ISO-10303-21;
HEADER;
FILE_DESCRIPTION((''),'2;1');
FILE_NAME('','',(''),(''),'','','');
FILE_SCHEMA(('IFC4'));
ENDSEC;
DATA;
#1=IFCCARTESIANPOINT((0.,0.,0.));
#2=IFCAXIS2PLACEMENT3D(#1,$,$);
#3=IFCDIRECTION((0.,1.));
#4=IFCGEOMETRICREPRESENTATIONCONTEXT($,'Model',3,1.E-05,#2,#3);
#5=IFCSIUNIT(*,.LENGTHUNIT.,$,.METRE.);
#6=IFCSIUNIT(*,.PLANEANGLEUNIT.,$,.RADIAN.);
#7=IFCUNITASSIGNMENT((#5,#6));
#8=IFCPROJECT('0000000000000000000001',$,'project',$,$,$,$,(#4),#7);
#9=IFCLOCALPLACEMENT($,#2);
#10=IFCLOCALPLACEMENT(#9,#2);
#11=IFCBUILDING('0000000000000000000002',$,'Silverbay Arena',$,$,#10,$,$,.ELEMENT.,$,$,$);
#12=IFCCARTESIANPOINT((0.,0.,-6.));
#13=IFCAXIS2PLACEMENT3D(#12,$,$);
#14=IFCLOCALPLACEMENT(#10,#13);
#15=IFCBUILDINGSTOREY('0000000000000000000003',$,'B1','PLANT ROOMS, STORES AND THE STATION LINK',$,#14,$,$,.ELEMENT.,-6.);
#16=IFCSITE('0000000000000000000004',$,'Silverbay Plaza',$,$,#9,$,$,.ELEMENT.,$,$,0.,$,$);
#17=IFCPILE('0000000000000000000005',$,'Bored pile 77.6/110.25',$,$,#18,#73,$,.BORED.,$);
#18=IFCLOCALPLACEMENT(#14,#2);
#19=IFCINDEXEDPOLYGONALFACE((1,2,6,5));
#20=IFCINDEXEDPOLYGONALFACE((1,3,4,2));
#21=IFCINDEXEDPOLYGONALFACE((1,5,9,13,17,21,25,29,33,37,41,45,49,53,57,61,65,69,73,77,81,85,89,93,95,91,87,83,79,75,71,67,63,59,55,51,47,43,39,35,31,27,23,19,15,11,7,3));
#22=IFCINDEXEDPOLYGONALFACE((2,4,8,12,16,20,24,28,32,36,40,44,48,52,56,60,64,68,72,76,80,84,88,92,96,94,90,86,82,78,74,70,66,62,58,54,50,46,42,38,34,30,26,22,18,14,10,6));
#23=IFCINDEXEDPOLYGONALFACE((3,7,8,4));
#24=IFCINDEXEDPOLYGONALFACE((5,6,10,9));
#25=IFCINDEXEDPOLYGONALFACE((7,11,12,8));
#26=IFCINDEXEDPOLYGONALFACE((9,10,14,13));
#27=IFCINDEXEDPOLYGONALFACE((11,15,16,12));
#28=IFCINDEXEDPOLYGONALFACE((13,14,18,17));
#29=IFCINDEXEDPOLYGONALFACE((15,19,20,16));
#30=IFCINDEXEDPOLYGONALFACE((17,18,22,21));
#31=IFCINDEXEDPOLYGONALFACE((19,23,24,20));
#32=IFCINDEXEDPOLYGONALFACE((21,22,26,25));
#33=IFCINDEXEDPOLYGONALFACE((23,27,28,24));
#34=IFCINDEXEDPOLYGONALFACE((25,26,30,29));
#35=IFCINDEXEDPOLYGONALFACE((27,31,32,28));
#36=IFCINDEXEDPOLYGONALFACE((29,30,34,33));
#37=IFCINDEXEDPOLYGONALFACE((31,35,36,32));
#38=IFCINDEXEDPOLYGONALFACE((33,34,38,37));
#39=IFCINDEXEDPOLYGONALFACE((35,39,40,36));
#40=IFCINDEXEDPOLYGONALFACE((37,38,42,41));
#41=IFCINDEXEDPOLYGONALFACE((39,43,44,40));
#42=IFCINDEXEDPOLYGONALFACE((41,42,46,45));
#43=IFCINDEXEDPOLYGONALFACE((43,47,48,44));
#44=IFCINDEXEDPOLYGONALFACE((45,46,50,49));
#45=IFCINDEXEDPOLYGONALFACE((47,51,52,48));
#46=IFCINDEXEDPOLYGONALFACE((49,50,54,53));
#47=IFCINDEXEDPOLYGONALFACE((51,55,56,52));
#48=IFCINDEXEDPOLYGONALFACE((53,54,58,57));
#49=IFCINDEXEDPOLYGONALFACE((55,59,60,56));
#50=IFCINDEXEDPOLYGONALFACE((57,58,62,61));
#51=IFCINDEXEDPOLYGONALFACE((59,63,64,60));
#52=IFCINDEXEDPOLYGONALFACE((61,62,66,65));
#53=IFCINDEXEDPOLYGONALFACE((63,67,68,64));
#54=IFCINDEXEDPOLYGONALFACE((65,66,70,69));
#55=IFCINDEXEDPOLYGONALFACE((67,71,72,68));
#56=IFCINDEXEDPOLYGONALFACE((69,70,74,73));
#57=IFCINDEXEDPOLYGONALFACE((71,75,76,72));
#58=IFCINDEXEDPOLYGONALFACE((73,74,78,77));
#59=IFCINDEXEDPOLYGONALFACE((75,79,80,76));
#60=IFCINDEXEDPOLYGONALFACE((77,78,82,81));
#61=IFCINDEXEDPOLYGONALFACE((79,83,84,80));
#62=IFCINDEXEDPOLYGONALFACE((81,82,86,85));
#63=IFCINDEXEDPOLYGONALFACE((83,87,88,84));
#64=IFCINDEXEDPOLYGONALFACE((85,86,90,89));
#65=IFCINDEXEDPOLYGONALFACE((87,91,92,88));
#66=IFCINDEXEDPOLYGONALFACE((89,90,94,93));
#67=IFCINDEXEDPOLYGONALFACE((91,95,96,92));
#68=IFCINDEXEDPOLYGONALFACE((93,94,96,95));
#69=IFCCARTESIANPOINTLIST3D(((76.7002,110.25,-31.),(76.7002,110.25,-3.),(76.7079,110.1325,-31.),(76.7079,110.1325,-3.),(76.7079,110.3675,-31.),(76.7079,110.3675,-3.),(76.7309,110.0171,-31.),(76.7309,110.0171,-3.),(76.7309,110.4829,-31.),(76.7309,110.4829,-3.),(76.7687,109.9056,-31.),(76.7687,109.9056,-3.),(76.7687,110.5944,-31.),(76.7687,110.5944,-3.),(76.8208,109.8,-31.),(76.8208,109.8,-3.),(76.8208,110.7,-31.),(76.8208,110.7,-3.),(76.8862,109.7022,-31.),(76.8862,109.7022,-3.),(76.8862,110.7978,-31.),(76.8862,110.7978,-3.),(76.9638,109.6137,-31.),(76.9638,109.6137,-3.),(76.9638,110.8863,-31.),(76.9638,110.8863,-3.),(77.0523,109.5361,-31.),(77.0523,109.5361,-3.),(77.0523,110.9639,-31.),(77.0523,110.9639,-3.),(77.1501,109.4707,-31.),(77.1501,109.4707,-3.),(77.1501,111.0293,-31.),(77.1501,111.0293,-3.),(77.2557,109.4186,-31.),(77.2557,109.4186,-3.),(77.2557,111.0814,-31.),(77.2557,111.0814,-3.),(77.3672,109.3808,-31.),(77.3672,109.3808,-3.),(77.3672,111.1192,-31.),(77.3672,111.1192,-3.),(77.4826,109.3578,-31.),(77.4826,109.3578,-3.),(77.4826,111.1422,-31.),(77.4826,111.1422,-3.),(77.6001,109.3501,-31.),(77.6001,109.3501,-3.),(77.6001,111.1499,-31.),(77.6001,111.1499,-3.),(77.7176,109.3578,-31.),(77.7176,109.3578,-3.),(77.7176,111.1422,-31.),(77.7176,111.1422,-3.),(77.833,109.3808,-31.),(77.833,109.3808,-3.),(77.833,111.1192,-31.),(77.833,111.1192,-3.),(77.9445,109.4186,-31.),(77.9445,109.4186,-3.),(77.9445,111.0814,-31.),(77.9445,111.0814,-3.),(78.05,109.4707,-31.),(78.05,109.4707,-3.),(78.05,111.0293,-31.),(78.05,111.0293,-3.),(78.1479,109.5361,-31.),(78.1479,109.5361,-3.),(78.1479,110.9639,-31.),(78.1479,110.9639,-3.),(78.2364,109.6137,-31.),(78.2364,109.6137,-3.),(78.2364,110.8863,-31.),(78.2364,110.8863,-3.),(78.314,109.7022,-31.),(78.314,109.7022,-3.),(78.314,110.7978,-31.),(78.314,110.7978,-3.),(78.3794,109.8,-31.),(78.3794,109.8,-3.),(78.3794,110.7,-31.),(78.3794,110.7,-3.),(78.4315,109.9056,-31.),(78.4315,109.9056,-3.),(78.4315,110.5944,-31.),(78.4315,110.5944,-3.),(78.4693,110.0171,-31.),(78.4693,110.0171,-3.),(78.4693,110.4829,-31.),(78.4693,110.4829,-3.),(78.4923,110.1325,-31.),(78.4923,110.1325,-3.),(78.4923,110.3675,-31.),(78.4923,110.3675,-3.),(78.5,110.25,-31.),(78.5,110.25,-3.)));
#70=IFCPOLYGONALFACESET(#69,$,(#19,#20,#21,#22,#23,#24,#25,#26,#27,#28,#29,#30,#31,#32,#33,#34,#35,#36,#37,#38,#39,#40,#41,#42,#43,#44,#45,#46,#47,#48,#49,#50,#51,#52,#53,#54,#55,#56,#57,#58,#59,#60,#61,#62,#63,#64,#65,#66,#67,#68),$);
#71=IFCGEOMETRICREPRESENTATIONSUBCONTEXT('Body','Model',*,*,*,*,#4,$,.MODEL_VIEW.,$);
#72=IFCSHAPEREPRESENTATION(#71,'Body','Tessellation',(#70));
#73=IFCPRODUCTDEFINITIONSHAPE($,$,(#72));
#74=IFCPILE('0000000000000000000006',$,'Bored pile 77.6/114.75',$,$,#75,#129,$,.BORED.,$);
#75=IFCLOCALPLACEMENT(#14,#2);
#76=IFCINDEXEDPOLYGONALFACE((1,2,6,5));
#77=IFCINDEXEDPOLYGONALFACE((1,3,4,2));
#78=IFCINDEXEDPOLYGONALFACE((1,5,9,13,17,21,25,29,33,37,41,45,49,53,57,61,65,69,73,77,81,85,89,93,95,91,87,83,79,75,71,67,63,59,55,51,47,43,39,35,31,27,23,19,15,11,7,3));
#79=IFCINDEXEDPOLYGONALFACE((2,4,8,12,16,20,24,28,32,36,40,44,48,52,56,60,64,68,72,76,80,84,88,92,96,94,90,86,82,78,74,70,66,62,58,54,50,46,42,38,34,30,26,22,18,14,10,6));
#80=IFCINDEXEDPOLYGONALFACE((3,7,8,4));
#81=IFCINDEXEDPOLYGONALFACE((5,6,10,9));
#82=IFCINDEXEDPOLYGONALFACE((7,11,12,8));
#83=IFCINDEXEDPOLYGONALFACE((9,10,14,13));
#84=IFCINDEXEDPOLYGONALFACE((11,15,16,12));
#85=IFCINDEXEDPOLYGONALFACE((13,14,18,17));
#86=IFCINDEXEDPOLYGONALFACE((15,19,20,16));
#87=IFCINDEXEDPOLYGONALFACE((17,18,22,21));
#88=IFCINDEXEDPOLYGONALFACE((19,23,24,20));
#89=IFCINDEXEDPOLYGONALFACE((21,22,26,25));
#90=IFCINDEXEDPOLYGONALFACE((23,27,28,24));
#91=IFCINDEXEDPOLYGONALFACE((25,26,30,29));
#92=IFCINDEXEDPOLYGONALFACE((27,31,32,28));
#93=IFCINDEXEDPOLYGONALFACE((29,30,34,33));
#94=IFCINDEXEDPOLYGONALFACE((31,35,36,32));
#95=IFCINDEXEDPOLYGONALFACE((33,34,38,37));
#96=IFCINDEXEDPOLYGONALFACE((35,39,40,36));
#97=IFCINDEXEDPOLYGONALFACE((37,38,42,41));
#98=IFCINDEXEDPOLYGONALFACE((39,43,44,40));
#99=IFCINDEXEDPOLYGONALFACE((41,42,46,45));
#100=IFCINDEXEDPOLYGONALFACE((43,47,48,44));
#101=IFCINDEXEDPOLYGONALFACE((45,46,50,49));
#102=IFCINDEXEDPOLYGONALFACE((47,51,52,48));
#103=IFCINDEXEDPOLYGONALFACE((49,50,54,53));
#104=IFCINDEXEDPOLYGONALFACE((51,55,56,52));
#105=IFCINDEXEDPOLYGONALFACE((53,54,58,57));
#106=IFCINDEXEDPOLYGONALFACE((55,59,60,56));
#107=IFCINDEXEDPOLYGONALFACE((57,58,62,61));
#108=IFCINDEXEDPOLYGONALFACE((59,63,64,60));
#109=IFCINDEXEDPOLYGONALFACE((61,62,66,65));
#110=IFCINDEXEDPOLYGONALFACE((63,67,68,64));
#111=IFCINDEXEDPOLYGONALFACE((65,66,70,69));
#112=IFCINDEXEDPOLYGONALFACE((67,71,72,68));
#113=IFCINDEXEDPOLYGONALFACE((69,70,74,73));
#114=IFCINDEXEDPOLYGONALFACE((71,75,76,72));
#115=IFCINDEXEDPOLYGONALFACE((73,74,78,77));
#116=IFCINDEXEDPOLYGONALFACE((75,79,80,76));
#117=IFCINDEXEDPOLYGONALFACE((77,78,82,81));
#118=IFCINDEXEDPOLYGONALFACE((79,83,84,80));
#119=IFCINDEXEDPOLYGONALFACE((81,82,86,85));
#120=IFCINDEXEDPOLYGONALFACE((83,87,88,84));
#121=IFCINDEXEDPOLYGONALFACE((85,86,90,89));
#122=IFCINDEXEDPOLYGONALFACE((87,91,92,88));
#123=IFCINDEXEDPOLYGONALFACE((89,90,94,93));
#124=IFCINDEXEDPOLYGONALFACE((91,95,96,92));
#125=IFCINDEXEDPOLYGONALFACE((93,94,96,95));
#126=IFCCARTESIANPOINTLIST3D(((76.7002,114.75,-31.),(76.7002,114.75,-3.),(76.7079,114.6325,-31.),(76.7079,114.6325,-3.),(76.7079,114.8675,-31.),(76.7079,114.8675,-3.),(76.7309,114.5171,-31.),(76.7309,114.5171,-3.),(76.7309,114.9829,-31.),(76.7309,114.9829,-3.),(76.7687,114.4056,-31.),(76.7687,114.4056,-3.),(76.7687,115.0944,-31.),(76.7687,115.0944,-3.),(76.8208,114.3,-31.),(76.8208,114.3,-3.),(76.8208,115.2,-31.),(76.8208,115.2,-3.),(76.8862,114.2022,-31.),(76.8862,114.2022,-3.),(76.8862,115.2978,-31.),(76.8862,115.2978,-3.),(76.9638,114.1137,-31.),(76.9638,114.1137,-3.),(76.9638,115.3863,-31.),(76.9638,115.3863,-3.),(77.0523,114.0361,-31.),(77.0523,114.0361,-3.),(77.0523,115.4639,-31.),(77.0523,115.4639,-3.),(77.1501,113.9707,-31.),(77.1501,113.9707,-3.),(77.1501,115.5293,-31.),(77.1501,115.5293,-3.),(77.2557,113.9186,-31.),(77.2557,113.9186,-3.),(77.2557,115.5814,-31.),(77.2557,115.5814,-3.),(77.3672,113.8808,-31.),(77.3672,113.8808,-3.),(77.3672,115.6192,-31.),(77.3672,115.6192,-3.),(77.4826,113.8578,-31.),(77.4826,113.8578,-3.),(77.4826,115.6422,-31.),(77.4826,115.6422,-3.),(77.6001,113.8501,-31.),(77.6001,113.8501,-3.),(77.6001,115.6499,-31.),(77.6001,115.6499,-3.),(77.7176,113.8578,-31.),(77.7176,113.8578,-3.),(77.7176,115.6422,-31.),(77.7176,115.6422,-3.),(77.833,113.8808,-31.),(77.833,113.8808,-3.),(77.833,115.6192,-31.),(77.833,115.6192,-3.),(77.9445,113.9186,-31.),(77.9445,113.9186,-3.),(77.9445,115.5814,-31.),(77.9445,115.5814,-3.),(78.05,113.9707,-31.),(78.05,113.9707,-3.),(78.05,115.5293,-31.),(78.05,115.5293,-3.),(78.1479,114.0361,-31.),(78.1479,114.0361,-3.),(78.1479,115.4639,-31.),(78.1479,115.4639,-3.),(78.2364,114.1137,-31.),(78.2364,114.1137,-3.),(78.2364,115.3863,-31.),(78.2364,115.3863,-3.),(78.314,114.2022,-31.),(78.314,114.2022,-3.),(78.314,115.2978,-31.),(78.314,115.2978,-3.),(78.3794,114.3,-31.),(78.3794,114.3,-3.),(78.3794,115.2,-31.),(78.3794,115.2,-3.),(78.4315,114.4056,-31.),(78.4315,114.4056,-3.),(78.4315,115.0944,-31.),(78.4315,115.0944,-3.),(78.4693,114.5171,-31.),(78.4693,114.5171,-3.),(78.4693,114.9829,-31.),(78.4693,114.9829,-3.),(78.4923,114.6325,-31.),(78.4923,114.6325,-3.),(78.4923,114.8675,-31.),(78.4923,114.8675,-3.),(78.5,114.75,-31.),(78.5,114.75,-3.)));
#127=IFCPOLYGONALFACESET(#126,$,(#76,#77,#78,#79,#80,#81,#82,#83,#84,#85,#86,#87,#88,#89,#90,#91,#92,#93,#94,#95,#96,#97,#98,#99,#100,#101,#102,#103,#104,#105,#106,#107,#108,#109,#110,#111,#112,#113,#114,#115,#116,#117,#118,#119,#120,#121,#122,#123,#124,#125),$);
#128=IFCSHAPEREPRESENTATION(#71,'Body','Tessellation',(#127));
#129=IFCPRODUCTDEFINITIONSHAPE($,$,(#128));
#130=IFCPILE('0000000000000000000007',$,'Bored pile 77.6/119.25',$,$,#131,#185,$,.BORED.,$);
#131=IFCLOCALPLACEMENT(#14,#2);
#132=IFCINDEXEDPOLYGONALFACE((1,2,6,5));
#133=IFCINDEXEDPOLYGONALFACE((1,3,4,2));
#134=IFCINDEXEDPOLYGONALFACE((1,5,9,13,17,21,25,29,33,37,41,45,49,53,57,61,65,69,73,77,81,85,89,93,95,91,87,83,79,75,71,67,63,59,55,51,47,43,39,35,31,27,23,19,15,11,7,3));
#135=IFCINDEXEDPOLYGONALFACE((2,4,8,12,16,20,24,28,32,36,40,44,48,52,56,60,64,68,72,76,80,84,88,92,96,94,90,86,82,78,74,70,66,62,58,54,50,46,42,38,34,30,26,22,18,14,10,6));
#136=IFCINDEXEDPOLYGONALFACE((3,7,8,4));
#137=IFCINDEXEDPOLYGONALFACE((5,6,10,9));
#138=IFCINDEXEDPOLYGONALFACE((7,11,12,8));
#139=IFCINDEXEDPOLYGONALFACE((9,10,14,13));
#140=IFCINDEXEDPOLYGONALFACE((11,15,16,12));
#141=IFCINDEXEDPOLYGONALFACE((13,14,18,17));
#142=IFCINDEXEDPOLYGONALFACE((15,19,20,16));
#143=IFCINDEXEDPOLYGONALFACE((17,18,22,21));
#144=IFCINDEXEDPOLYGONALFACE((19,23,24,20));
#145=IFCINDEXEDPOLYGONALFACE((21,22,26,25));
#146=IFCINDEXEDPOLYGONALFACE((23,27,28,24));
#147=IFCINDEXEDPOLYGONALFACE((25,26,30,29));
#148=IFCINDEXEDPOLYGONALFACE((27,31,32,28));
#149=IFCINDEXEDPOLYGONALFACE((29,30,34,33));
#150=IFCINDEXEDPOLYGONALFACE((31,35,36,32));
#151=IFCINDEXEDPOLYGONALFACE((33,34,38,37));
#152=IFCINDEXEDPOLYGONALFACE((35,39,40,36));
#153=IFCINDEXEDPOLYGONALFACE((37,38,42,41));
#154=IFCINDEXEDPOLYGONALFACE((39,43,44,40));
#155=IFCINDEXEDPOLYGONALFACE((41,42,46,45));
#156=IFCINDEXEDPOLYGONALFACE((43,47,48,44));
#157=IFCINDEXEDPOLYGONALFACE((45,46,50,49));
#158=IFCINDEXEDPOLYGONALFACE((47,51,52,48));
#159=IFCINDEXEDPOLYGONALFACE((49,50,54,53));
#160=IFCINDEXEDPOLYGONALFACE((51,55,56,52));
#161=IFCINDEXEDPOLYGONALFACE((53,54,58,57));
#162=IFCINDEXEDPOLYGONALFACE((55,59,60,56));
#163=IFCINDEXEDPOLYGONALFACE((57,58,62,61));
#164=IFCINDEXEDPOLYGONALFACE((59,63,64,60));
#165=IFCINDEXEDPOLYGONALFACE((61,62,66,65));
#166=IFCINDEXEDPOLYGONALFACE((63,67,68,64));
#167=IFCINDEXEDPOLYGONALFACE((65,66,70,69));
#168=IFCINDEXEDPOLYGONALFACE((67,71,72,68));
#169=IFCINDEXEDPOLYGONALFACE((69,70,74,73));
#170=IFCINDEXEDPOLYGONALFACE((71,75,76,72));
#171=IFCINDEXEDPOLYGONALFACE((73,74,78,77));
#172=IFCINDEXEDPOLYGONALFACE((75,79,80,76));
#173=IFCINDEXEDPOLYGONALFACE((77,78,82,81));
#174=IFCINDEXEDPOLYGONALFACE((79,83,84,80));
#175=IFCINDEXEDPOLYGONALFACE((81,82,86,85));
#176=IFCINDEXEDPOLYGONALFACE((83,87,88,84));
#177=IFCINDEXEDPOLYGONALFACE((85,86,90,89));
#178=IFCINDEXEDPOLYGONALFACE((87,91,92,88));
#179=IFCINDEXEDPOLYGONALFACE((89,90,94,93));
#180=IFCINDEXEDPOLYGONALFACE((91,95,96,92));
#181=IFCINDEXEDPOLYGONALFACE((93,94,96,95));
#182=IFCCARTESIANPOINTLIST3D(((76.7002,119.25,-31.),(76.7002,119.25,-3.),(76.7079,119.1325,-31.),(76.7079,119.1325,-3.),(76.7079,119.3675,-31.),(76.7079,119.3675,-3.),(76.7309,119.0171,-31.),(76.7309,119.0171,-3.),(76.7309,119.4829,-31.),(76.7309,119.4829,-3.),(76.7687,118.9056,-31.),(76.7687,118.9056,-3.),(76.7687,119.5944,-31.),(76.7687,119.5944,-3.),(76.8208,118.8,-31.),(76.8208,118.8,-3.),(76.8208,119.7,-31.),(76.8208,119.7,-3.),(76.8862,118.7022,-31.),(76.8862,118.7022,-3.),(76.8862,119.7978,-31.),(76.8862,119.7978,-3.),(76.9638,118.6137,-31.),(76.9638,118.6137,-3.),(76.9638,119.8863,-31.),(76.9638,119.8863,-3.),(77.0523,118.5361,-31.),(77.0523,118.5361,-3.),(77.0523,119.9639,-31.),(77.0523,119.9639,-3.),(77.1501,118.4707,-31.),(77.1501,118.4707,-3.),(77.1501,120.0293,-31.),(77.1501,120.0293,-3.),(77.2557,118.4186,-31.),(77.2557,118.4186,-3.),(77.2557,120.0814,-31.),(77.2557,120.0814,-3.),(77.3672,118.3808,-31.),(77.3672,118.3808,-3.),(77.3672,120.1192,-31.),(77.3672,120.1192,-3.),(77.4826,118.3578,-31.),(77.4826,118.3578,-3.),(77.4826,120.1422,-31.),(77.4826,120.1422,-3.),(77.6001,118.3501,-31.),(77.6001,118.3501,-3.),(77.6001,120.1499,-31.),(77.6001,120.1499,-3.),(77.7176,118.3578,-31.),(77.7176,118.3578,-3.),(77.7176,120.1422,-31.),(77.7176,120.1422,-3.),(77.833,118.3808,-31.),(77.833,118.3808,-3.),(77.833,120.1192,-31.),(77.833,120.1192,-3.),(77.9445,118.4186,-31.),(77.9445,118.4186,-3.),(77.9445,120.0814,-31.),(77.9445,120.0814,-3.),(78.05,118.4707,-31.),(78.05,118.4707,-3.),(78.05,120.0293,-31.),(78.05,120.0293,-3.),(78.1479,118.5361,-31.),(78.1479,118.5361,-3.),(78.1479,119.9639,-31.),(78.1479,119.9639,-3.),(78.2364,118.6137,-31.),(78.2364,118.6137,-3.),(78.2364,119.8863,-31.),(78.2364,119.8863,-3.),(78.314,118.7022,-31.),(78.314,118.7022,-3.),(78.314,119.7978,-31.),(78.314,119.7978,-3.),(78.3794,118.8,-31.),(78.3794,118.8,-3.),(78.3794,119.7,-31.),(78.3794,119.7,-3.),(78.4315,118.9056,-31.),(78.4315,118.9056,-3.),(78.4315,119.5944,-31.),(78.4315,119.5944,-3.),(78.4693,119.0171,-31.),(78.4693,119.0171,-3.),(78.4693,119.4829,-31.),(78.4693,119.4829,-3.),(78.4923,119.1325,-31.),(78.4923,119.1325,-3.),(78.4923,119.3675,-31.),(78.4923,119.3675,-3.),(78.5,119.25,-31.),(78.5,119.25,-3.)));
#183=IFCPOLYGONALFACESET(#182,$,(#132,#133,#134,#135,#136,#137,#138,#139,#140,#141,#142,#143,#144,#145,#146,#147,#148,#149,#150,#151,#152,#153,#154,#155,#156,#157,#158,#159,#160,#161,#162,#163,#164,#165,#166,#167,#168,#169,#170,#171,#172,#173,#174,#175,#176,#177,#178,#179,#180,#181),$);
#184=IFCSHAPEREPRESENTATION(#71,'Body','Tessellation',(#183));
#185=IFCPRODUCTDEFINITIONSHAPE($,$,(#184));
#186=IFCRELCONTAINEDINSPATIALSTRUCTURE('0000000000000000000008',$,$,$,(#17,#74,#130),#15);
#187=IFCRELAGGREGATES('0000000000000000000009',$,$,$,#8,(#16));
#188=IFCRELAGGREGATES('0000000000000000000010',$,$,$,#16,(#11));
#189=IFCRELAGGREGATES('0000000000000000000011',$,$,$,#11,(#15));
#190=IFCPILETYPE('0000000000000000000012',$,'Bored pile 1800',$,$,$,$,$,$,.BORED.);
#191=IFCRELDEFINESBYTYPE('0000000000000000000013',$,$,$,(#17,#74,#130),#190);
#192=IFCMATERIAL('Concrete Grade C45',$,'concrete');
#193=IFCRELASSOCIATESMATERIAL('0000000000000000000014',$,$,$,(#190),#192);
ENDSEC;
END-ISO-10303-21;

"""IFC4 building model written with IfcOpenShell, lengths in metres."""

from ifc_helpers import new_model, si_unit, direction, frame, origin, origin_2d, place, context, subcontext, project, spatial, circle, extrude, material, material_profile, profile_set, type_object, element, save


model = new_model("IFC4")

# Units and contexts
model_context = context("Model", 3, precision=1e-05, world=origin(), true_north=direction((0.0, 1.0)))
body_context = subcontext(model_context, "Body", "Model", "MODEL_VIEW")
ifc_project = project(units=[si_unit("LENGTHUNIT", "METRE"), si_unit("PLANEANGLEUNIT", "RADIAN")], contexts=[model_context])

# Site, building, storey
site_placement = place(None, origin())
site = spatial("IfcSite", under=ifc_project, at=site_placement, Name="Silverbay Plaza", CompositionType="ELEMENT", RefElevation=0.0)
building_placement = place(site_placement, origin())
building = spatial("IfcBuilding", under=site, at=building_placement, Name="Silverbay Arena", CompositionType="ELEMENT")
storey_placement = place(building_placement, frame((0.0, 0.0, -6.0)))
storey = spatial("IfcBuildingStorey", under=building, at=storey_placement, Name="B1", Description="PLANT ROOMS, STORES AND THE STATION LINK", CompositionType="ELEMENT", Elevation=-6.0)

# Piles
ifc_material_1 = material(Name="Concrete Grade C45", Category="concrete")
ifc_material_profile = material_profile(ifc_material_1, circle(Radius=0.8999, at=origin_2d()), Name="Bored pile 1800")
ifc_profile_set = profile_set([ifc_material_profile], Name="Concrete Grade C45")
pile_type = type_object("IfcPileType", Name="Bored pile 1800", PredefinedType="BORED", material=ifc_profile_set)
for number, where, z_axis, x_axis, name in (
    (1, (77.6001, 110.25, -3.0), (0.0, 0.0, -1.0), (1.0, 0.0, 0.0), "Bored pile 77.6/110.25"),
    (2, (77.6001, 114.75, -3.0), (0.0, 0.0, -1.0), (1.0, 0.0, 0.0), "Bored pile 77.6/114.75"),
    (3, (77.6001, 119.25, -3.0), (0.0, 0.0, -1.0), (1.0, 0.0, 0.0), "Bored pile 77.6/119.25"),
):
    element("IfcPile", number, at=place(storey_placement, frame(where, z_axis=z_axis, x_axis=x_axis)), inside=storey, type_object=pile_type, Name=name, PredefinedType="BORED", context=body_context, shape_type="SweptSolid", body=[
        extrude(circle(Radius=0.8999, at=origin_2d()), origin(), (0.0, 0.0, 1.0), 28.0),
    ])

save(model, "model.ifc")
